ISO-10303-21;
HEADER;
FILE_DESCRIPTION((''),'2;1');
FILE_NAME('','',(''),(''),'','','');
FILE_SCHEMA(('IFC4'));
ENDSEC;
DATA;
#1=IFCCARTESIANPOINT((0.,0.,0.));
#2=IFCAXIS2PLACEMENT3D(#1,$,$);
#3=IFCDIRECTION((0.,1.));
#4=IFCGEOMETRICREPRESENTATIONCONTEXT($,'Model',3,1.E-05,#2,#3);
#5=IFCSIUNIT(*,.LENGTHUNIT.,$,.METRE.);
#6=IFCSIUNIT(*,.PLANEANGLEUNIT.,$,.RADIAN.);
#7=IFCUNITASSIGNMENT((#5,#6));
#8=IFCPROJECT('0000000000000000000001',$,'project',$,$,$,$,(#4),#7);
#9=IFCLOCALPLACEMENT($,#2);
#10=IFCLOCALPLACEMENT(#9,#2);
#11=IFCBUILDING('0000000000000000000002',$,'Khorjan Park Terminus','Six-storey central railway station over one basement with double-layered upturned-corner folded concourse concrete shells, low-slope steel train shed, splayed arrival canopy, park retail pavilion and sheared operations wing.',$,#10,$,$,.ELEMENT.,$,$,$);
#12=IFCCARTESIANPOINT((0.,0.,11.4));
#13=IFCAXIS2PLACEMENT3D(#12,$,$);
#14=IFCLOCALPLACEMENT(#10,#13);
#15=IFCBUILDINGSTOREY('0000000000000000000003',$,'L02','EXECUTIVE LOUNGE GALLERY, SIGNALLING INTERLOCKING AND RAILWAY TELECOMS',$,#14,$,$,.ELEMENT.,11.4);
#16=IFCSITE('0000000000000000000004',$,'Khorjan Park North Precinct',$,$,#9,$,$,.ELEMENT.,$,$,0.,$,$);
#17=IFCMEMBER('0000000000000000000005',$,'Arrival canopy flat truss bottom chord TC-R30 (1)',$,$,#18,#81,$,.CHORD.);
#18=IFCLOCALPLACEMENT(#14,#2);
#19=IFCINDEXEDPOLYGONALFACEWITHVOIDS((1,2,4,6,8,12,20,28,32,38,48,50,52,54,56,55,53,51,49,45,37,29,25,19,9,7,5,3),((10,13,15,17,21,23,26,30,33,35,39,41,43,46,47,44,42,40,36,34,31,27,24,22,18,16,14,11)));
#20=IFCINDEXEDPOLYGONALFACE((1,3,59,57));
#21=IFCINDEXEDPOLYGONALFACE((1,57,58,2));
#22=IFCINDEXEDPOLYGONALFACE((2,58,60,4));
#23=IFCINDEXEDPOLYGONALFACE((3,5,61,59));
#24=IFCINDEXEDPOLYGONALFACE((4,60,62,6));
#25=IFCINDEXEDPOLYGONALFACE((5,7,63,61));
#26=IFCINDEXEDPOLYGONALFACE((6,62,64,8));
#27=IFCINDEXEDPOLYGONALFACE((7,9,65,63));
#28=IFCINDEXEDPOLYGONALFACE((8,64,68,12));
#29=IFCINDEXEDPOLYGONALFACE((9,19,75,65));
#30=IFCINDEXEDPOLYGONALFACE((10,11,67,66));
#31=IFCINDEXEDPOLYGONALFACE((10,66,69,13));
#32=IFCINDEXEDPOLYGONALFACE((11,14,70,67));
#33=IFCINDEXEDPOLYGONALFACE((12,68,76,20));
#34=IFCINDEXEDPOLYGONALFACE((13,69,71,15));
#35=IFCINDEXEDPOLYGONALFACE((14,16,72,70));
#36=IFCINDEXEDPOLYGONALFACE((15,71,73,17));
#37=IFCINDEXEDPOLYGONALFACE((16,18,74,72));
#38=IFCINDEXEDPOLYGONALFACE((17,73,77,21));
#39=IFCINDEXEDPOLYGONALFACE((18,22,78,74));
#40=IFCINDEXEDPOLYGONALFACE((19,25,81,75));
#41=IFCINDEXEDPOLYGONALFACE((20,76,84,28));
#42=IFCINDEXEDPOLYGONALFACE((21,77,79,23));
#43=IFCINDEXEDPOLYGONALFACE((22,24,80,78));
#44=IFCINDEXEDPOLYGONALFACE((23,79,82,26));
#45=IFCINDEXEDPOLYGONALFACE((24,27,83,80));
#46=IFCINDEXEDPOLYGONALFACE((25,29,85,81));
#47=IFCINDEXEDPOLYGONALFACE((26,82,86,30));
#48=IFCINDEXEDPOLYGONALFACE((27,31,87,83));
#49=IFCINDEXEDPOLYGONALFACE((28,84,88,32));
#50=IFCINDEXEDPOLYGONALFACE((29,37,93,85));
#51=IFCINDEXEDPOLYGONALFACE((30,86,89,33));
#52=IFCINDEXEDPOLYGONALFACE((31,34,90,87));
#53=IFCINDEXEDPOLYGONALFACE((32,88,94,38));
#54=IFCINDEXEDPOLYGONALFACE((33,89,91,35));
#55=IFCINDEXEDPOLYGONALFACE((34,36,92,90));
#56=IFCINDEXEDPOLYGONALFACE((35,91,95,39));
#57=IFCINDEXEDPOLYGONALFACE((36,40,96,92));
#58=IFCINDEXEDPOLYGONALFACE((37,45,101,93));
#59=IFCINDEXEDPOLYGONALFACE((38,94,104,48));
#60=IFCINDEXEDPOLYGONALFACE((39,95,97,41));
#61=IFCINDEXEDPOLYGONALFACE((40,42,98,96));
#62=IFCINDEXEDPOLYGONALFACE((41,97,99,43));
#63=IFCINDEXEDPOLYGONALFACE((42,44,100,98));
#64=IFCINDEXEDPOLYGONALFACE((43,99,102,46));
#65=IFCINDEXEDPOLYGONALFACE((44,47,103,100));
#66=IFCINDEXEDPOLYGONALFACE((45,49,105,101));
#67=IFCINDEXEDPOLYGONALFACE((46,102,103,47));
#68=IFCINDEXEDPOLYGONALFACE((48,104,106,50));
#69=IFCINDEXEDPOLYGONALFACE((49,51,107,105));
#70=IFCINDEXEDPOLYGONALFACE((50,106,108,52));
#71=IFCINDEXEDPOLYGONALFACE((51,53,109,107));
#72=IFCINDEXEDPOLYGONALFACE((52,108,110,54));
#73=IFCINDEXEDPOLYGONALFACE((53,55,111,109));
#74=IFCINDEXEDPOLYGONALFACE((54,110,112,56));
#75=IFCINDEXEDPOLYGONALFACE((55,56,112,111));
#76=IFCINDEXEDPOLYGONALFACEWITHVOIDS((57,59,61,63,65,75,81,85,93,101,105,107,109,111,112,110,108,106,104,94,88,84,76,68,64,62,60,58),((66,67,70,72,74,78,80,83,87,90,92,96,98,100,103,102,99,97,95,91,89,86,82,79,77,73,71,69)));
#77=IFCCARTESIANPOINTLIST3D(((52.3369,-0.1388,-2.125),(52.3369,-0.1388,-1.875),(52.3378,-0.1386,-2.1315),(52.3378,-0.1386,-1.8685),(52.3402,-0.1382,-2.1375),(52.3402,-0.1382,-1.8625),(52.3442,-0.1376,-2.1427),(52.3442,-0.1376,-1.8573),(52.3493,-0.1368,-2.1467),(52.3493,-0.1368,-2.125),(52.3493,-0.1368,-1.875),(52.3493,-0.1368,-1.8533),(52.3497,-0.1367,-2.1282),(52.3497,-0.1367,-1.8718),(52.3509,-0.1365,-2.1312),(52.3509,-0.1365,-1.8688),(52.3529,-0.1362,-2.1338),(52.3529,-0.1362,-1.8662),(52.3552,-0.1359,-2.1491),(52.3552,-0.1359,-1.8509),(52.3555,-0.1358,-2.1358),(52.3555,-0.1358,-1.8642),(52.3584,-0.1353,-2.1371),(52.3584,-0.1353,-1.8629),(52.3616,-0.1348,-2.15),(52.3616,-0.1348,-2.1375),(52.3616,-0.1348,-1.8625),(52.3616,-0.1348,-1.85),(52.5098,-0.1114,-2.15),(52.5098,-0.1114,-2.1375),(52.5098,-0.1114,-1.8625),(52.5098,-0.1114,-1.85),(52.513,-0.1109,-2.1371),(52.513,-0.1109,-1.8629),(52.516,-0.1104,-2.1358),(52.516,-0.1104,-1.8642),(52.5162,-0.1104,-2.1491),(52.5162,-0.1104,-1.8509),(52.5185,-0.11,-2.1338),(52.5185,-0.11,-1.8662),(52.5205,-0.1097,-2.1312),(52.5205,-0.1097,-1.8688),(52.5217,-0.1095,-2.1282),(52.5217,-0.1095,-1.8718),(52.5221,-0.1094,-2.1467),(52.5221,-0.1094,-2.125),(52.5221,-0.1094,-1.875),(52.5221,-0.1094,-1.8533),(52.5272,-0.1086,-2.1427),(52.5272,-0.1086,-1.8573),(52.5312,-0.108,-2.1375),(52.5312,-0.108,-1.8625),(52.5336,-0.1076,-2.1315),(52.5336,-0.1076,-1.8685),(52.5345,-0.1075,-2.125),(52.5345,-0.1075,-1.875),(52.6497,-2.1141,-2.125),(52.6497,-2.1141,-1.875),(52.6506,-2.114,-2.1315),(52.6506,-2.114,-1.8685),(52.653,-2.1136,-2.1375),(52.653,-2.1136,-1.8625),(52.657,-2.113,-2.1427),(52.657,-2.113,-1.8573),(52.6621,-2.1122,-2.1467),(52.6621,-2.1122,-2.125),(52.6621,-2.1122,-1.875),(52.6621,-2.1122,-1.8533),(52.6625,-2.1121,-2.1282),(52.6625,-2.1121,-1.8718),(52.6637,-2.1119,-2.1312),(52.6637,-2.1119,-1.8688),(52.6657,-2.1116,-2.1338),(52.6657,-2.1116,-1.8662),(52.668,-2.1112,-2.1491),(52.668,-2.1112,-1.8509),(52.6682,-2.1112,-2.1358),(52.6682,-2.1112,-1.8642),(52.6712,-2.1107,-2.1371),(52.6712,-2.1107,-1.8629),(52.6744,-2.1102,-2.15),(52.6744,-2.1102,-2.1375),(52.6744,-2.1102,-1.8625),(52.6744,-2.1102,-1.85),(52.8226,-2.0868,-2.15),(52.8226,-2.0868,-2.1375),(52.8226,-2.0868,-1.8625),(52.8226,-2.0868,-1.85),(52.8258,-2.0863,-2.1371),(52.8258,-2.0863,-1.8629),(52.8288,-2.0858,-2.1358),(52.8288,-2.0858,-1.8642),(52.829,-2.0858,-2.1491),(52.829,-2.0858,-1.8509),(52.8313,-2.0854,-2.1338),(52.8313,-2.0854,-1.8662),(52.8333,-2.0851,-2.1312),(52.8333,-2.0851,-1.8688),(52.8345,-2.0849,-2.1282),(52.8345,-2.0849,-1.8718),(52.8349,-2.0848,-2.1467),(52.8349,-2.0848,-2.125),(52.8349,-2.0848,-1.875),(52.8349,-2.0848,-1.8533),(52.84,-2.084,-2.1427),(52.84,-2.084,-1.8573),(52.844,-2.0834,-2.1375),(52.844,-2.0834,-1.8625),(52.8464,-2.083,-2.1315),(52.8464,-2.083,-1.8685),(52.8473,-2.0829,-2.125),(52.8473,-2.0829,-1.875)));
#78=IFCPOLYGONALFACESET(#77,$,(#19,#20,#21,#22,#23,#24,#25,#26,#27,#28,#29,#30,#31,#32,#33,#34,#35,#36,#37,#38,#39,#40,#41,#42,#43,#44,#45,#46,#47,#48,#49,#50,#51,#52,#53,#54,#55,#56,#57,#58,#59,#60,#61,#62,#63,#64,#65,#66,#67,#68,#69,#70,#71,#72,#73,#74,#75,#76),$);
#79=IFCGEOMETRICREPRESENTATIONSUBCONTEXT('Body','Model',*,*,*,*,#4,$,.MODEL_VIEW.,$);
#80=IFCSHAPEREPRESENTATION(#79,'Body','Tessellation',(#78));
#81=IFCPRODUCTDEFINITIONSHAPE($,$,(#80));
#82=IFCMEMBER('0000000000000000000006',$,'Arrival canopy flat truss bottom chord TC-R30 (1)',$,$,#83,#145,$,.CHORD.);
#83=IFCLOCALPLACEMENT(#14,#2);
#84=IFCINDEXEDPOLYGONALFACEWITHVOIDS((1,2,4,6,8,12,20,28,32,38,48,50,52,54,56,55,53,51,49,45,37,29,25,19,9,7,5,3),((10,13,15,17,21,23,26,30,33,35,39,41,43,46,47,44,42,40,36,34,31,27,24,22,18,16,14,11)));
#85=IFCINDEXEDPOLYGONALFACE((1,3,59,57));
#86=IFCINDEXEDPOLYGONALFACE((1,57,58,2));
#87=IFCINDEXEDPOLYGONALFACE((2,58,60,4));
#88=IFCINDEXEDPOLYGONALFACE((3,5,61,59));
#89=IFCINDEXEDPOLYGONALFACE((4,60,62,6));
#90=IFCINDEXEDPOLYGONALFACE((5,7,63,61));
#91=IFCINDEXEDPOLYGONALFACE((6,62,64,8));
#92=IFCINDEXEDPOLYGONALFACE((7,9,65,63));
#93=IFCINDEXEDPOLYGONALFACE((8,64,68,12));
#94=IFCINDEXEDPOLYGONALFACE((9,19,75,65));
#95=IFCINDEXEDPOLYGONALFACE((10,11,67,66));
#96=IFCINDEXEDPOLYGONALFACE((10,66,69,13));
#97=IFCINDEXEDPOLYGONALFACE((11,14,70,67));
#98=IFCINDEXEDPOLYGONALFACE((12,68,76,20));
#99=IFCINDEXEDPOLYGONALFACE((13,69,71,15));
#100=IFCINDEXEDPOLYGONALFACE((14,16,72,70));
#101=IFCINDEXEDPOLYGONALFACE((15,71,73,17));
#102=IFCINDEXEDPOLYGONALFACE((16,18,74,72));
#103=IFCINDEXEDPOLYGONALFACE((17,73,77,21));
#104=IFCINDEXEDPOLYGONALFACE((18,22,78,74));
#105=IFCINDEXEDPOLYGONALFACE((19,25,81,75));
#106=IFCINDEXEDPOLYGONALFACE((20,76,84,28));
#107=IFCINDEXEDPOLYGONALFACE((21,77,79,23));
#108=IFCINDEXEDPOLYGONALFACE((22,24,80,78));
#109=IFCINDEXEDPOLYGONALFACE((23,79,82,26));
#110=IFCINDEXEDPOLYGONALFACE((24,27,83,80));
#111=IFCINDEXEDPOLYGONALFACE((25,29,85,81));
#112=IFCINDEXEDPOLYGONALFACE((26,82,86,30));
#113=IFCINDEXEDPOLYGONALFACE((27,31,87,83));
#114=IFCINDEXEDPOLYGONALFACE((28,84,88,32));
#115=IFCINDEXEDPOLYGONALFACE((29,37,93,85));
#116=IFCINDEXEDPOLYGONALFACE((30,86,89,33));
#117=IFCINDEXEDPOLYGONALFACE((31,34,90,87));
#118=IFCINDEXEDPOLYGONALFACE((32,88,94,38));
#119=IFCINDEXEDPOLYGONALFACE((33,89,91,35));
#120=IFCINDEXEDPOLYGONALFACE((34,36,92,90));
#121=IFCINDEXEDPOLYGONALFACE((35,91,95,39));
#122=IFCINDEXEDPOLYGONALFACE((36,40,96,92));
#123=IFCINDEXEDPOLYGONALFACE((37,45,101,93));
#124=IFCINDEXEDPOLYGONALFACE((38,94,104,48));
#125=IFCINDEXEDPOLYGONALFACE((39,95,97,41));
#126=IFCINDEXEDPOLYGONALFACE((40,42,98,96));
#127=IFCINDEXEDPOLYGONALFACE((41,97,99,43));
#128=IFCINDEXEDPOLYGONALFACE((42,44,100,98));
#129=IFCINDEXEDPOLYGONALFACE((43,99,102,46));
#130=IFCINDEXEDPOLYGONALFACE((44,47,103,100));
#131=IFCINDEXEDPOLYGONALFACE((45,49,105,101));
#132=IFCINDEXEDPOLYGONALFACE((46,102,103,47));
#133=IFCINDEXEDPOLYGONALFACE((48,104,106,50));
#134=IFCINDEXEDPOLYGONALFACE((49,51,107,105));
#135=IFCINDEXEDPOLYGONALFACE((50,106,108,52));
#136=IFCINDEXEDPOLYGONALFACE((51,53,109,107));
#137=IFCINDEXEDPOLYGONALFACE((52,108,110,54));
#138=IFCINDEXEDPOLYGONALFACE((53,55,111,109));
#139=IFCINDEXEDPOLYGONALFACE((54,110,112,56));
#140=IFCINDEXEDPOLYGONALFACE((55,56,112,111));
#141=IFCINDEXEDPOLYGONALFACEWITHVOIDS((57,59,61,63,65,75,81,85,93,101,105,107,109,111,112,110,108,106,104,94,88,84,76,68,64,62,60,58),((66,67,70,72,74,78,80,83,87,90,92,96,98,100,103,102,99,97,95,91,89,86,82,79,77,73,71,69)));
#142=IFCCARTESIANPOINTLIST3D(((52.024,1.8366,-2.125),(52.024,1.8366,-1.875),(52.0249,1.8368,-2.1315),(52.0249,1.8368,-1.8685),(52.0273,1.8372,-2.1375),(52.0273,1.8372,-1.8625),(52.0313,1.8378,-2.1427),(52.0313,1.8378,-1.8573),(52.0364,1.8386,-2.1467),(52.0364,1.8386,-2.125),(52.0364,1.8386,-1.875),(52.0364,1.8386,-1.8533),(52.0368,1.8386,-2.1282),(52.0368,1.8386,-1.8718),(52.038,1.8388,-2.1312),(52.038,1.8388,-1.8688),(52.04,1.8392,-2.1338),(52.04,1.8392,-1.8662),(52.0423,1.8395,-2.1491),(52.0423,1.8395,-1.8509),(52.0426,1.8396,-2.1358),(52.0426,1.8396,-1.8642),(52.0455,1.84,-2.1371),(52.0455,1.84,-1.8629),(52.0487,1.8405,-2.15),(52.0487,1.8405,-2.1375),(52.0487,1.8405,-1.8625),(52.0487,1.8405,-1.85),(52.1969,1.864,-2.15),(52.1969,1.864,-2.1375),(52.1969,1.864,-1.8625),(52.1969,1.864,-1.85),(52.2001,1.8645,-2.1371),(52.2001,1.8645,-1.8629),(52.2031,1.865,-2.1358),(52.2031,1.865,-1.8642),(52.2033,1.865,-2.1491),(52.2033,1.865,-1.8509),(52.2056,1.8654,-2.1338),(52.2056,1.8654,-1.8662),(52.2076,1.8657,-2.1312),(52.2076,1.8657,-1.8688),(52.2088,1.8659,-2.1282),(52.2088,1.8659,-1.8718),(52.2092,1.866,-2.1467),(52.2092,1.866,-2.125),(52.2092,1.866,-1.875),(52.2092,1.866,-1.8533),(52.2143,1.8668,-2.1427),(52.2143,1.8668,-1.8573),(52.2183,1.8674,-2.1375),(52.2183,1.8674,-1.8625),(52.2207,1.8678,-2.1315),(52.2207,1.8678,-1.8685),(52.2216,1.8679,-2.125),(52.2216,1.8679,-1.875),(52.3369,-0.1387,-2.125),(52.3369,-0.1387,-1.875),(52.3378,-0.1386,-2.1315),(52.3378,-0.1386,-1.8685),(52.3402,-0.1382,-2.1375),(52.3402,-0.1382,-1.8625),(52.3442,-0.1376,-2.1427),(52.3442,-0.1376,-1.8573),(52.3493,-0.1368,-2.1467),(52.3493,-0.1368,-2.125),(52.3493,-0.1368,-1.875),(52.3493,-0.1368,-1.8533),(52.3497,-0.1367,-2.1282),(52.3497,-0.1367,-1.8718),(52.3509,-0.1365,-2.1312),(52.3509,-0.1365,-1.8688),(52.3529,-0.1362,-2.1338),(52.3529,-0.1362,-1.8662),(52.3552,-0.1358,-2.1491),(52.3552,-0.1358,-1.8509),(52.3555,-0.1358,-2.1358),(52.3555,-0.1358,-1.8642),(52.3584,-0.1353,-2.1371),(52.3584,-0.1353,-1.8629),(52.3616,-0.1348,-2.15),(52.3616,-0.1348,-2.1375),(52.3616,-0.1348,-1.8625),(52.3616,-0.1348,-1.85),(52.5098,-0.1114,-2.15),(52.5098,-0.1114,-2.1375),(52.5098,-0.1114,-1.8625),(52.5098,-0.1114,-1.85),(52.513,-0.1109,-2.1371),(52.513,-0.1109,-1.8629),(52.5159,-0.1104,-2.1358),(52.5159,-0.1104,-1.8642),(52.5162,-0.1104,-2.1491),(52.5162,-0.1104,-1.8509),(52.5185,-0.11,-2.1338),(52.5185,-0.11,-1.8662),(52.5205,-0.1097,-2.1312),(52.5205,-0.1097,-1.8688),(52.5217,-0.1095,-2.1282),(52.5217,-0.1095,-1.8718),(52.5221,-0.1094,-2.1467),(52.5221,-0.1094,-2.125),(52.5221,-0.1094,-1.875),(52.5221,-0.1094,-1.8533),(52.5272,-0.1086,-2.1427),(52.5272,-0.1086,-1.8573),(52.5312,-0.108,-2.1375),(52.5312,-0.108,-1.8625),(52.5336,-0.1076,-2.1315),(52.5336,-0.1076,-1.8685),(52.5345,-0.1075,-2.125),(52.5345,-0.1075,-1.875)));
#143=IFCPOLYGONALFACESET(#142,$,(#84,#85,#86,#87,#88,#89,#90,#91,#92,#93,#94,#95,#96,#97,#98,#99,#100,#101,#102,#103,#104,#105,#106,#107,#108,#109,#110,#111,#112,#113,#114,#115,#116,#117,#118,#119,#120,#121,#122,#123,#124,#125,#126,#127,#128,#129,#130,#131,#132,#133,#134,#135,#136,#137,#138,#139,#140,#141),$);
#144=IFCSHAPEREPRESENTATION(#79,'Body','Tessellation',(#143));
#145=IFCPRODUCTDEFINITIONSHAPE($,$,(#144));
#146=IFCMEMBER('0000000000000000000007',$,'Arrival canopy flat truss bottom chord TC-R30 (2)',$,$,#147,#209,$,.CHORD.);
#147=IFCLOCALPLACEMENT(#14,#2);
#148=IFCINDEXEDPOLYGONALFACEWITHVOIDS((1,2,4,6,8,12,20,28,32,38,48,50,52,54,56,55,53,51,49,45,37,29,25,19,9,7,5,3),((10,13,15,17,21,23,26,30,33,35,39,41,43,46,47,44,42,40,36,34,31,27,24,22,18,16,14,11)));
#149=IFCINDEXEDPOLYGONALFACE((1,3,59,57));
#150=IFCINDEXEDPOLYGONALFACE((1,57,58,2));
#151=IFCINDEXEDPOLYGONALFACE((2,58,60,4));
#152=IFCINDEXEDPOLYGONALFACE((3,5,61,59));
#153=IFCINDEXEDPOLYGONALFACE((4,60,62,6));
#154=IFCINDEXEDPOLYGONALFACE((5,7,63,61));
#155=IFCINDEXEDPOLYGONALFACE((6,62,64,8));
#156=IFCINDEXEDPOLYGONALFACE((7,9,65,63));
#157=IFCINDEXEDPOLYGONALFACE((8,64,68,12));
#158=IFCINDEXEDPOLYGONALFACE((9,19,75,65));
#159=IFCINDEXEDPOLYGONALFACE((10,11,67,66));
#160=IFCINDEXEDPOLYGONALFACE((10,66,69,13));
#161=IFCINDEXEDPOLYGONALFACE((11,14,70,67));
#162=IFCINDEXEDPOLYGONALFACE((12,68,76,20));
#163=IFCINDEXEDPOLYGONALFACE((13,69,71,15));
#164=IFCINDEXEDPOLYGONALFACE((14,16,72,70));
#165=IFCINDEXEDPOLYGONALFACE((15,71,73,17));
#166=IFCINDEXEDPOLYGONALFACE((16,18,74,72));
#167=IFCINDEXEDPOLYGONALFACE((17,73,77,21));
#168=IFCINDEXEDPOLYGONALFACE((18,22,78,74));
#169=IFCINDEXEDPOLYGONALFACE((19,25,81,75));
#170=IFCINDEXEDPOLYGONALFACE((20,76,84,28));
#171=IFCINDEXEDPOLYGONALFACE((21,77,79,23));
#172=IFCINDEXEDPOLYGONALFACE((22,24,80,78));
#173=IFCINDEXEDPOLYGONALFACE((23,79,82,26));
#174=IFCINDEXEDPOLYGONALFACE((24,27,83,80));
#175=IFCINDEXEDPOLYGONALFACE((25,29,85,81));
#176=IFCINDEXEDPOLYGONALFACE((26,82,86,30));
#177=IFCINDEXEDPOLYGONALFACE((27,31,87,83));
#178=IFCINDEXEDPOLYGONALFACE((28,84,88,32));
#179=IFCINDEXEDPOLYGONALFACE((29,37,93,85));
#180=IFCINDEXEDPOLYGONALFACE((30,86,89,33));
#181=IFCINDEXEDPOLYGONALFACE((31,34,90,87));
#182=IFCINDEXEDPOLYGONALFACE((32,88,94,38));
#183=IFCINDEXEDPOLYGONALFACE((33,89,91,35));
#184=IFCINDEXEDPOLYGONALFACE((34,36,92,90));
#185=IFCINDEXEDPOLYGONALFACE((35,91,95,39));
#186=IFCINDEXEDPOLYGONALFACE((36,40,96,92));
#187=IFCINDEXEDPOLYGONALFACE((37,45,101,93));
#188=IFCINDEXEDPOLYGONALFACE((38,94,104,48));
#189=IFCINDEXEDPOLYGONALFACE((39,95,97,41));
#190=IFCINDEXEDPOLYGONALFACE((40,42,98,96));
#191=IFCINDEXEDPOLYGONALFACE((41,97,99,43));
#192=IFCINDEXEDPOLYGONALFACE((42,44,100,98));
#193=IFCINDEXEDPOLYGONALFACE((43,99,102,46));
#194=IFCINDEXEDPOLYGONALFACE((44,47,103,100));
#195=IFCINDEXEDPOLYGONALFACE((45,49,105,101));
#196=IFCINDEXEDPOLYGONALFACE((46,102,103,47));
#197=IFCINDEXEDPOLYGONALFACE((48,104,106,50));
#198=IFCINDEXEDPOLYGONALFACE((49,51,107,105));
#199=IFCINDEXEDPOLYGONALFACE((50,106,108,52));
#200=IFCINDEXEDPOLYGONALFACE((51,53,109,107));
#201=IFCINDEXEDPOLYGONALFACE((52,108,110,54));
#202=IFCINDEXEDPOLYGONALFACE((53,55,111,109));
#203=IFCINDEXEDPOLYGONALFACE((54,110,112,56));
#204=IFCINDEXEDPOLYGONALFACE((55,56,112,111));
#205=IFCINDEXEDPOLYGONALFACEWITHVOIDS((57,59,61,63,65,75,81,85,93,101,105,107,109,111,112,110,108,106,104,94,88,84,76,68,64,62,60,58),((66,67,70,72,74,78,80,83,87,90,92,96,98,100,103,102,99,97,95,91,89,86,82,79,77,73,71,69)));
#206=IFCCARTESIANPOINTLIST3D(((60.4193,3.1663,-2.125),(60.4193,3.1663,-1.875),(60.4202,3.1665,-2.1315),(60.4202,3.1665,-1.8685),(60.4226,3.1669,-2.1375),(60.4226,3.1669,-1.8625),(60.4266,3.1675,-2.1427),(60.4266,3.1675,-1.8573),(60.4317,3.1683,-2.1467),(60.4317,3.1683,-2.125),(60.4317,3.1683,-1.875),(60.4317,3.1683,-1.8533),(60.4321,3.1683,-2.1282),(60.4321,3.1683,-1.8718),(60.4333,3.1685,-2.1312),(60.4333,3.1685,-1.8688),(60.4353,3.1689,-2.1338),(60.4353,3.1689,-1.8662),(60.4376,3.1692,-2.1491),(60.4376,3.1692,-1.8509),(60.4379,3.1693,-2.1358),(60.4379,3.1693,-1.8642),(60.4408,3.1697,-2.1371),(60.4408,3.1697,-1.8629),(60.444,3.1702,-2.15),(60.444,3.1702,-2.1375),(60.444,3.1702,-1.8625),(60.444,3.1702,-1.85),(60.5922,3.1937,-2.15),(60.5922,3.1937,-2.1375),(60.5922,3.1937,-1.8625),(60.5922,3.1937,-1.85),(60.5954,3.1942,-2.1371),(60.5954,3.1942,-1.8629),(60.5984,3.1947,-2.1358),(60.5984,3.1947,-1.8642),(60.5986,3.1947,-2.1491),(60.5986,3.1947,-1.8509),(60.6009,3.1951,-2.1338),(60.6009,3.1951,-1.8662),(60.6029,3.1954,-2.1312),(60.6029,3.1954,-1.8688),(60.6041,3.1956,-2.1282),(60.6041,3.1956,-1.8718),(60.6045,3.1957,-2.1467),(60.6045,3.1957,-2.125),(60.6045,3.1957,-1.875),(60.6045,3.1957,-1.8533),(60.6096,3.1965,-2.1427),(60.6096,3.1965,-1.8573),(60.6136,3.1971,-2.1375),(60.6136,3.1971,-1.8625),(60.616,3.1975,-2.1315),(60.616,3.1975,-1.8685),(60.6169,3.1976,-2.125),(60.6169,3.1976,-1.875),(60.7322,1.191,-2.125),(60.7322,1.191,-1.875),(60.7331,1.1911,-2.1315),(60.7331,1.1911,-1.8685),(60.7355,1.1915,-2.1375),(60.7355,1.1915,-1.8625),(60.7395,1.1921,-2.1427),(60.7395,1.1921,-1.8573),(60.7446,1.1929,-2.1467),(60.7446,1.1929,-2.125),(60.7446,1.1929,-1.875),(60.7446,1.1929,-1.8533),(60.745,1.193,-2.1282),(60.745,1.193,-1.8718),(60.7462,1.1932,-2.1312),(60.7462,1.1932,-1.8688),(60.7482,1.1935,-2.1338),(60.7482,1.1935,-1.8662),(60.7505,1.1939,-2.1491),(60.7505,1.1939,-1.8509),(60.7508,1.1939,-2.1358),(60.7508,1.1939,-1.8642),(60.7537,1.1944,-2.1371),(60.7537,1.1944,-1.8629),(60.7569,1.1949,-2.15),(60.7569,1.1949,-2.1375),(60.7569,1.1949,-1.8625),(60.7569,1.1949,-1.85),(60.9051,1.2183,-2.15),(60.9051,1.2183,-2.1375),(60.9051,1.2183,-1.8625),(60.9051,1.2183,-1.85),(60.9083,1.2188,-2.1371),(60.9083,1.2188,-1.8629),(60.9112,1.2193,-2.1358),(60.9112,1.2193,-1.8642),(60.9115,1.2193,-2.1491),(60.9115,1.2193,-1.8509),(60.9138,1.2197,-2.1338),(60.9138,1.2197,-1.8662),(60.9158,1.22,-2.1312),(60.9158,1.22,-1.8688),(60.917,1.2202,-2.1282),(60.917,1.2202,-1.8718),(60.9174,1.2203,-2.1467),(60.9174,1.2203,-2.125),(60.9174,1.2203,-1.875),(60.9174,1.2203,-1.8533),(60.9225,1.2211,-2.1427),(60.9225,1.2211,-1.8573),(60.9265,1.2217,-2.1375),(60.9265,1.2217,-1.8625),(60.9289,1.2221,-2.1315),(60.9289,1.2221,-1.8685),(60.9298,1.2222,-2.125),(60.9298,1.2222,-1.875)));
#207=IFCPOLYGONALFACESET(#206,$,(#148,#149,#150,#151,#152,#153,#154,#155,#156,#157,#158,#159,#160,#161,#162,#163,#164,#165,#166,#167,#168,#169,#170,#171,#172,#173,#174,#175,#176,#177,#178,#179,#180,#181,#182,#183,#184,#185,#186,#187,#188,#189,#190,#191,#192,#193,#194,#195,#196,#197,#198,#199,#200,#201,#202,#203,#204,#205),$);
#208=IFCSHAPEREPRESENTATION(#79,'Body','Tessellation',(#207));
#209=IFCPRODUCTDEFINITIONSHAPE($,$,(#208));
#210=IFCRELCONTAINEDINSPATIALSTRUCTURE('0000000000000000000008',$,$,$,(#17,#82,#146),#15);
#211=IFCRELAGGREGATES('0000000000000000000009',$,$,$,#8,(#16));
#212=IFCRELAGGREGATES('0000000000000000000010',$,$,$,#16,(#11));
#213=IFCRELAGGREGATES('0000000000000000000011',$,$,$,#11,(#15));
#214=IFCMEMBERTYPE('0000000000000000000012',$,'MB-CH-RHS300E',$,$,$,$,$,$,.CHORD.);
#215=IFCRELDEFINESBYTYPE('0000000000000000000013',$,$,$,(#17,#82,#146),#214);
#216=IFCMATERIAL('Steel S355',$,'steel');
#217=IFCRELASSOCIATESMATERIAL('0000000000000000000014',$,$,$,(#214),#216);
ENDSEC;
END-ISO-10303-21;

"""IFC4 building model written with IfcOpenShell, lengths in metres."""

from ifc_helpers import new_model, si_unit, direction, frame, origin, origin_2d, place, context, subcontext, project, spatial, hollow_rectangle, extrude, material, material_profile, profile_set, type_object, element, save


model = new_model("IFC4")

# Units and contexts
model_context = context("Model", 3, precision=1e-05, world=origin(), true_north=direction((0.0, 1.0)))
body_context = subcontext(model_context, "Body", "Model", "MODEL_VIEW")
ifc_project = project(units=[si_unit("LENGTHUNIT", "METRE"), si_unit("PLANEANGLEUNIT", "RADIAN")], contexts=[model_context])

# Site, building, storey
site_placement = place(None, origin())
site = spatial("IfcSite", under=ifc_project, at=site_placement, Name="Khorjan Park North Precinct", CompositionType="ELEMENT", RefElevation=0.0)
building_placement = place(site_placement, origin())
building = spatial("IfcBuilding", under=site, at=building_placement, Name="Khorjan Park Terminus", Description="Six-storey central railway station over one basement with double-layered upturned-corner folded concourse concrete shells, low-slope steel train shed, splayed arrival canopy, park retail pavilion and sheared operations wing.", CompositionType="ELEMENT")
storey_placement = place(building_placement, frame((0.0, 0.0, 11.4)))
storey = spatial("IfcBuildingStorey", under=building, at=storey_placement, Name="L02", Description="EXECUTIVE LOUNGE GALLERY, SIGNALLING INTERLOCKING AND RAILWAY TELECOMS", CompositionType="ELEMENT", Elevation=11.4)

# Members
ifc_material_1 = material(Name="Steel S355", Category="steel")
ifc_material_profile_1 = material_profile(ifc_material_1, hollow_rectangle(XDim=0.2, YDim=0.3, WallThickness=0.0125, InnerFilletRadius=0.0125, OuterFilletRadius=0.025, at=origin_2d()), Name="RHS 300x200x12.5")
ifc_profile_set_1 = profile_set([ifc_material_profile_1], Name="Steel S355")
member_type_1 = type_object("IfcMemberType", Name="MB-CH-RHS300E", PredefinedType="CHORD", material=ifc_profile_set_1)
for number, where, z_axis, x_axis, name in (
    (1, (52.7485, -2.0985, -2.0), (-0.156399, 0.987694, 0.0), (-0.987694, -0.156399, 0.0), "Arrival canopy flat truss bottom chord TC-R30 (1)"),
    (2, (52.4357, -0.1231, -2.0), (-0.156448, 0.987686, 0.0), (-0.987686, -0.156448, 0.0), "Arrival canopy flat truss bottom chord TC-R30 (1)"),
    (3, (60.831, 1.2066, -2.0), (-0.156448, 0.987686, 0.0), (-0.987686, -0.156448, 0.0), "Arrival canopy flat truss bottom chord TC-R30 (2)"),
):
    element("IfcMember", number, at=place(storey_placement, frame(where, z_axis=z_axis, x_axis=x_axis)), inside=storey, type_object=member_type_1, Name=name, PredefinedType="CHORD", context=body_context, shape_type="SweptSolid", body=[
        extrude(hollow_rectangle(XDim=0.2, YDim=0.3, WallThickness=0.0125, InnerFilletRadius=0.0125, OuterFilletRadius=0.025, at=origin_2d()), origin(), (0.0, 0.0, 1.0), 2.0),
    ])

save(model, "model.ifc")
